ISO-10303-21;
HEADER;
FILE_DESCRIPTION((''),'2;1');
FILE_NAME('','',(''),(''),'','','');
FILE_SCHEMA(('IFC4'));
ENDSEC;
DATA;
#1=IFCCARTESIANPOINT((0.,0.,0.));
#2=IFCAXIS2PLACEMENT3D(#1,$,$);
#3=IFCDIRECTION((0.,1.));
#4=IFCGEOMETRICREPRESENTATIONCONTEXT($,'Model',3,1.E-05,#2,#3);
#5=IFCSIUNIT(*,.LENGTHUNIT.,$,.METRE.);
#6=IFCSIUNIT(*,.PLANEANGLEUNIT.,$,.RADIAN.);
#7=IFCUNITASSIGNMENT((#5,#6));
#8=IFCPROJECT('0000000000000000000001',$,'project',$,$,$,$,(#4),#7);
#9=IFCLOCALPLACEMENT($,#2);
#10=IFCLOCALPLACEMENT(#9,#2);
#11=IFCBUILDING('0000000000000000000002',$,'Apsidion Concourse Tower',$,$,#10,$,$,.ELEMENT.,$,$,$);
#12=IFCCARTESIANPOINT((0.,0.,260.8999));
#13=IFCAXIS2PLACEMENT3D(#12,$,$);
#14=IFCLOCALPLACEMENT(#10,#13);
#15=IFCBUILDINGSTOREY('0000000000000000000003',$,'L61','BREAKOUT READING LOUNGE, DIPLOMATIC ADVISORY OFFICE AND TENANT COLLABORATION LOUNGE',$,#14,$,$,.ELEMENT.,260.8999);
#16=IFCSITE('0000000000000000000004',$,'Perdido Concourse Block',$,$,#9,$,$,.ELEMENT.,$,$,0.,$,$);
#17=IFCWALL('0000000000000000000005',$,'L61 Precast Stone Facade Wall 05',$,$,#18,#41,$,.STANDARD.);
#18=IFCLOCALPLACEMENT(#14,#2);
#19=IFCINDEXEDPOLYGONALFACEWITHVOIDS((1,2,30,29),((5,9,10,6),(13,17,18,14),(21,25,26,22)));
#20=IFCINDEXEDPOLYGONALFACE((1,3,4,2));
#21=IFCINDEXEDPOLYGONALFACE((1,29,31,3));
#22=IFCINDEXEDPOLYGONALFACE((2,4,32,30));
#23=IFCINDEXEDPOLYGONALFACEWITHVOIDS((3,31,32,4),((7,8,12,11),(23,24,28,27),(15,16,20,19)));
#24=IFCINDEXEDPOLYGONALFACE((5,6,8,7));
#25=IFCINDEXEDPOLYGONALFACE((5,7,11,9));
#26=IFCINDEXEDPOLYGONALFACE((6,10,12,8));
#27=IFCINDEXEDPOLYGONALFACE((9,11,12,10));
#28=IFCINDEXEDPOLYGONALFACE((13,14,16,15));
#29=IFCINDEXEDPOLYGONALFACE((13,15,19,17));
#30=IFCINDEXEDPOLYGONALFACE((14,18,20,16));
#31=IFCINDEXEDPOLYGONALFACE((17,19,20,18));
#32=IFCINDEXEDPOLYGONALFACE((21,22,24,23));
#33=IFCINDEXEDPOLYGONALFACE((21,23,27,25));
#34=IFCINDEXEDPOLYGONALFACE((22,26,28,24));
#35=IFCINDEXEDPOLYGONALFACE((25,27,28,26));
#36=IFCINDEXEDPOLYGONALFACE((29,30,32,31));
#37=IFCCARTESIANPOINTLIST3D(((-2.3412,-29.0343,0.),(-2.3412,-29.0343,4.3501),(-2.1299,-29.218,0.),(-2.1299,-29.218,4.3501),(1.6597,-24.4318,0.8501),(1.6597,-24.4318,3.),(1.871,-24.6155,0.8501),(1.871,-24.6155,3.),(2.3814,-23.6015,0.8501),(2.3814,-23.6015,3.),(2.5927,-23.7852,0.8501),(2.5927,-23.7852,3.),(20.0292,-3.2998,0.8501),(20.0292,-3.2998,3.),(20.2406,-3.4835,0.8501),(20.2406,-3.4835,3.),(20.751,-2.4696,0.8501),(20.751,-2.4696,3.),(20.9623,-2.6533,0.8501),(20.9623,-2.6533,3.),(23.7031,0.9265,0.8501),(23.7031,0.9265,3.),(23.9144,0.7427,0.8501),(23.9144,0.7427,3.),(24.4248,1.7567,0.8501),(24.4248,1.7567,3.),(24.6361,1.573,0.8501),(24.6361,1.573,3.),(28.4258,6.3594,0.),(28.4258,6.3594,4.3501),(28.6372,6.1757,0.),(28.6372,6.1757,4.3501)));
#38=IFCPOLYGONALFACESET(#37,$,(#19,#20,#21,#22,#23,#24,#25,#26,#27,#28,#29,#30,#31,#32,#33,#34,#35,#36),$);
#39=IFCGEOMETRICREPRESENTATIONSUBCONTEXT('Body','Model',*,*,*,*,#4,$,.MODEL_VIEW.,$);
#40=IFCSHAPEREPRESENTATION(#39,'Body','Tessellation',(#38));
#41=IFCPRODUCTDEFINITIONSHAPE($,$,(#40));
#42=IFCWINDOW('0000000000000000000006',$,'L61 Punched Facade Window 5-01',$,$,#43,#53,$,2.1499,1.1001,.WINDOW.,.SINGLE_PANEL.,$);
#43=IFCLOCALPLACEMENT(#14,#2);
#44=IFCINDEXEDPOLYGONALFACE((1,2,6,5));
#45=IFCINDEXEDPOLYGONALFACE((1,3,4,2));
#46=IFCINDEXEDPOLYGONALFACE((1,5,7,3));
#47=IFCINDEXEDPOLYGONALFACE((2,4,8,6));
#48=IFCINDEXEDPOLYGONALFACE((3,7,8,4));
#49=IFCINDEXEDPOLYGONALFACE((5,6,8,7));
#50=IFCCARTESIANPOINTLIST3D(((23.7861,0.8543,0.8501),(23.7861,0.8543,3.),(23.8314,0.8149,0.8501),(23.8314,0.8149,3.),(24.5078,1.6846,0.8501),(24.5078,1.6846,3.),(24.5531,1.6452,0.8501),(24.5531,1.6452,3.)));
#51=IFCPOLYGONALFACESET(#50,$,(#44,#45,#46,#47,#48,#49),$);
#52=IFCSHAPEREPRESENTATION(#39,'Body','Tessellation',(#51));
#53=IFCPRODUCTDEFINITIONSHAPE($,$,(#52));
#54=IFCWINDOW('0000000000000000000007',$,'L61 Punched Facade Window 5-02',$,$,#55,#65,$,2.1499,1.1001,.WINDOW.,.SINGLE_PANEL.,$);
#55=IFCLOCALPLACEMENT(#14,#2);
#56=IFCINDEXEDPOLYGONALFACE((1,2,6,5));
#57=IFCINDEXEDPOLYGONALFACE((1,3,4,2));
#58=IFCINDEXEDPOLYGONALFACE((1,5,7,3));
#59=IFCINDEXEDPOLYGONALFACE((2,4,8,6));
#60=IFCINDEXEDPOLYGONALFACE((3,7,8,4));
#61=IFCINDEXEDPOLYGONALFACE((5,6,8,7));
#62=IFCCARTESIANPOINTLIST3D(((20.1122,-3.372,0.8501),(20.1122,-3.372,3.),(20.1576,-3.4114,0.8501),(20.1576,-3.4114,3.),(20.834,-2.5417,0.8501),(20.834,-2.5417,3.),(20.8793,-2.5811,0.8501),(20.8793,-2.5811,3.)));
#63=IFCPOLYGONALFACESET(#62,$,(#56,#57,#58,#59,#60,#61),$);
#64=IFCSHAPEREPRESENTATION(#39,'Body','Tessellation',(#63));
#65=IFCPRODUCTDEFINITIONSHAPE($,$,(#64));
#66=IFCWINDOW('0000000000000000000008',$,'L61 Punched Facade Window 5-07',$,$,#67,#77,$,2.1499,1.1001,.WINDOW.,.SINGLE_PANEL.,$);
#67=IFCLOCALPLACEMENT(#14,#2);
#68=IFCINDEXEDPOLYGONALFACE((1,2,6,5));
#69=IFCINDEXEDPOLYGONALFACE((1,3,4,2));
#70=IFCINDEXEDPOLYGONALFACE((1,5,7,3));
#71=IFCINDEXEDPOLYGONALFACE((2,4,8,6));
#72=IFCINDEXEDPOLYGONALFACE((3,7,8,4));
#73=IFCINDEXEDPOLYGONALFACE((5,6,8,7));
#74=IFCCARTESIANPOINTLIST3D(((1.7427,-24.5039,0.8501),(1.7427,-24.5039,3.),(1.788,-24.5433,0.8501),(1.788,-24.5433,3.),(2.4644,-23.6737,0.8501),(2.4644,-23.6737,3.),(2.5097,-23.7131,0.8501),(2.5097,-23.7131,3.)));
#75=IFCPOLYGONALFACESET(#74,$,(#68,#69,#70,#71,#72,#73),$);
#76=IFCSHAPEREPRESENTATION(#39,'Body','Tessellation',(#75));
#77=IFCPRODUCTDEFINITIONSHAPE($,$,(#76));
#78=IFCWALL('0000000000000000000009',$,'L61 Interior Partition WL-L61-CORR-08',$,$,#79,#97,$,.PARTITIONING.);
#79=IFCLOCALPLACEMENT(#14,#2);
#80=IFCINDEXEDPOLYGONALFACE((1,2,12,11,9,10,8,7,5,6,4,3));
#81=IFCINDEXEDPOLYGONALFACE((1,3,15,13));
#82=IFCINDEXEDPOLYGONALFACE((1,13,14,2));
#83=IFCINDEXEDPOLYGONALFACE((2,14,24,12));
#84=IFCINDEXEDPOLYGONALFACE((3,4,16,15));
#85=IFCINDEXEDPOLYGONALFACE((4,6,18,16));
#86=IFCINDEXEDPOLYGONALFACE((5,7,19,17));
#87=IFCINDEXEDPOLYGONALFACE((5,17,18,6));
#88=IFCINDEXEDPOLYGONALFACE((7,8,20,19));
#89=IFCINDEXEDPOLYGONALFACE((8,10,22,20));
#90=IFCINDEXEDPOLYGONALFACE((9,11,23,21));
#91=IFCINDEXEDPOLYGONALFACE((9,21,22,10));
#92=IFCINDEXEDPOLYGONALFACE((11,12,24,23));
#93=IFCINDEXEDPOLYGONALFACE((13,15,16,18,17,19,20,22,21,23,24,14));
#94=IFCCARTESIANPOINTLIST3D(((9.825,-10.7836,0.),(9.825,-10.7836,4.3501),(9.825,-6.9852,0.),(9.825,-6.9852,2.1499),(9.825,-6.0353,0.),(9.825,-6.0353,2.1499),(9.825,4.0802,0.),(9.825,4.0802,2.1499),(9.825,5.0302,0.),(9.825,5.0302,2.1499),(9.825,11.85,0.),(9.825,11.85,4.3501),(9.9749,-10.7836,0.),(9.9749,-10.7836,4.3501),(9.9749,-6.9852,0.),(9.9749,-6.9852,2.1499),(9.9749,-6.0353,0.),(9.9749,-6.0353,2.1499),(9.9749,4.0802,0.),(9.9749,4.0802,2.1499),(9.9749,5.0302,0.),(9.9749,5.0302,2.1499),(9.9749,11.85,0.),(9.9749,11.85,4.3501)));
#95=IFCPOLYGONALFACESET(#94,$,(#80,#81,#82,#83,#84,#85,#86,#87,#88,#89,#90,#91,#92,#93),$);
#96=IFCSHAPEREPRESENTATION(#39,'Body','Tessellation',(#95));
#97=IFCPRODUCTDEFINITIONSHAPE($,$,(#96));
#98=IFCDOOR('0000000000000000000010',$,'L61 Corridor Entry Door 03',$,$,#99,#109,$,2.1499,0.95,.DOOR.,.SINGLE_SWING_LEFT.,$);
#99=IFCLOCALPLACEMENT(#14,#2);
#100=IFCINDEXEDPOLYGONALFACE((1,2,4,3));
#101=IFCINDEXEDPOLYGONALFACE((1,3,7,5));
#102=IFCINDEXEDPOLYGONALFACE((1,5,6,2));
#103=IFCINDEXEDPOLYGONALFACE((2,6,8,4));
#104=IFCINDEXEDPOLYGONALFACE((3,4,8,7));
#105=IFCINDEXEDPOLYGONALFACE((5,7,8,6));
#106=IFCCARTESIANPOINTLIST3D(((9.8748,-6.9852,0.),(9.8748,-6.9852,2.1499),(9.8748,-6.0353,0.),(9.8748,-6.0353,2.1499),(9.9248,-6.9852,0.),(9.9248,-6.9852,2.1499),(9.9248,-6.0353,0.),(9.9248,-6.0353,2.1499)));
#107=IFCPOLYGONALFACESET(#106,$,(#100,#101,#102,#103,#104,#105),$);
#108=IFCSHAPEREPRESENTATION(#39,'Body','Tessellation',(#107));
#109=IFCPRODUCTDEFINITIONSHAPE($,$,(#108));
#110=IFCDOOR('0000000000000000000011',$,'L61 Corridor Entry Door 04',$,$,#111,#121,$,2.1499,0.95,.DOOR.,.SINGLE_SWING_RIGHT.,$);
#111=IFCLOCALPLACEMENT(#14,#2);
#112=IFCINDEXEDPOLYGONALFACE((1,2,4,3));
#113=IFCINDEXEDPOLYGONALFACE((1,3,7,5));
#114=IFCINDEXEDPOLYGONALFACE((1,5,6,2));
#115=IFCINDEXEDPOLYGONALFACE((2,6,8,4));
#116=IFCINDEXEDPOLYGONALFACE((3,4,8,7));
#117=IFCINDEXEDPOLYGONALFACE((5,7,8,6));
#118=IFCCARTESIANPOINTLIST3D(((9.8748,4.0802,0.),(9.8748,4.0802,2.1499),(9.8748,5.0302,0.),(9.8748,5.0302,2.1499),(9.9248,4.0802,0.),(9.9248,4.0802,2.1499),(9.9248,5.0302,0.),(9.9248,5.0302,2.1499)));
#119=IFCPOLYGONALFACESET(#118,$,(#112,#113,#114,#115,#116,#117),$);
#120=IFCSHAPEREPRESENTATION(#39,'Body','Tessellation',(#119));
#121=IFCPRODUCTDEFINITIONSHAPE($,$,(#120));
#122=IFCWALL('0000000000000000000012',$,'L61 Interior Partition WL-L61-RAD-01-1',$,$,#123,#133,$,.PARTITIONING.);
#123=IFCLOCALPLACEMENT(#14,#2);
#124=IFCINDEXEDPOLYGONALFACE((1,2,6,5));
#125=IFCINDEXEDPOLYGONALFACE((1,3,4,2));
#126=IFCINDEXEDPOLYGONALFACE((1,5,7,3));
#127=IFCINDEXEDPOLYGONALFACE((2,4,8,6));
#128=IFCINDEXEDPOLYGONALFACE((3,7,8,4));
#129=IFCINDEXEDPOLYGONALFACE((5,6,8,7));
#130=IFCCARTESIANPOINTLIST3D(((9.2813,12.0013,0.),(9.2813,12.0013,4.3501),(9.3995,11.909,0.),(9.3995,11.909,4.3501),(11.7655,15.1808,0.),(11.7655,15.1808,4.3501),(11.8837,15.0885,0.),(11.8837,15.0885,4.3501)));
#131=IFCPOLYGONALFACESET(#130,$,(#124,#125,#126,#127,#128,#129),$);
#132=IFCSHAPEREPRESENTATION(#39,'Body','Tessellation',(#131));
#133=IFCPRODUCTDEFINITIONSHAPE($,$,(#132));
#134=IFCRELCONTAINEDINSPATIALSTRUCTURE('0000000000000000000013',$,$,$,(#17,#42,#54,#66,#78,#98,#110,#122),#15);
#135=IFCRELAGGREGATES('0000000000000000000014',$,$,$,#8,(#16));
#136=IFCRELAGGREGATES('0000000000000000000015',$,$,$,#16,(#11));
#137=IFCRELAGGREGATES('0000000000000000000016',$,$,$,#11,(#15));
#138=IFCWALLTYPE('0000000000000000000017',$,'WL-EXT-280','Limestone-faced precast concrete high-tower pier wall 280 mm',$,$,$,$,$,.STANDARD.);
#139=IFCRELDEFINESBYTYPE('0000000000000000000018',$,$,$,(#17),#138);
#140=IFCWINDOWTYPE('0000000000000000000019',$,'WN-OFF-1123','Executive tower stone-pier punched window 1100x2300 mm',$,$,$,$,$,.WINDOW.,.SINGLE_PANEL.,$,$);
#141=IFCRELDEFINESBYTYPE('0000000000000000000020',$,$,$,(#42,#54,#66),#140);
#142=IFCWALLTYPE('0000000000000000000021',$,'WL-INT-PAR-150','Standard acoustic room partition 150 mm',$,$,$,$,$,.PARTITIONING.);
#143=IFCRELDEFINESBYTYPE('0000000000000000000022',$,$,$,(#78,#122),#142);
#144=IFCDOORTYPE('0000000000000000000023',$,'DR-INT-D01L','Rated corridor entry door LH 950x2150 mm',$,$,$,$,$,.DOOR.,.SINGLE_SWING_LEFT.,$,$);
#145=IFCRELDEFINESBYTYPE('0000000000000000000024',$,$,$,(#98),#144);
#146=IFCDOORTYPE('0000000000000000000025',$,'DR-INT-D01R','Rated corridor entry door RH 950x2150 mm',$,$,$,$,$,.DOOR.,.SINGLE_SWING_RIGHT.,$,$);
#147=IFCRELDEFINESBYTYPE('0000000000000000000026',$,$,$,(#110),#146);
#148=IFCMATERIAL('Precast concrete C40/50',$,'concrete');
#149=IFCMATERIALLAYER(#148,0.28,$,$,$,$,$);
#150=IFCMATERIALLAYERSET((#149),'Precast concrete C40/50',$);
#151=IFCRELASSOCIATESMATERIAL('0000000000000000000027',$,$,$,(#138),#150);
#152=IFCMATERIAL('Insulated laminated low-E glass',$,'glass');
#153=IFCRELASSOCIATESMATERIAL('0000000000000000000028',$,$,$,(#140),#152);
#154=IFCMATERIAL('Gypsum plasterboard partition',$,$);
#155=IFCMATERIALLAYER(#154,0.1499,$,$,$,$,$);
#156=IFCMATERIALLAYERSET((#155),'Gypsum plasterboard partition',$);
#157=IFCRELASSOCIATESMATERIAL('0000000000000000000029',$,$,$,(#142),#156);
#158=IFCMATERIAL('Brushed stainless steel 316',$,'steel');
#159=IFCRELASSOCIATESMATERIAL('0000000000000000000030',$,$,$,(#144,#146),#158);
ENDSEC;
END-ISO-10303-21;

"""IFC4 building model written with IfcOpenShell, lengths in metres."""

from ifc_helpers import new_model, si_unit, direction, frame, frame_2d, origin, place, context, subcontext, project, spatial, rectangle, extrude, material, layer, layer_set, type_object, element, fill, save


model = new_model("IFC4")

# Units and contexts
model_context = context("Model", 3, precision=1e-05, world=origin(), true_north=direction((0.0, 1.0)))
body_context = subcontext(model_context, "Body", "Model", "MODEL_VIEW")
ifc_project = project(units=[si_unit("LENGTHUNIT", "METRE"), si_unit("PLANEANGLEUNIT", "RADIAN")], contexts=[model_context])

# Site, building, storey
site_placement = place(None, origin())
site = spatial("IfcSite", under=ifc_project, at=site_placement, Name="Perdido Concourse Block", CompositionType="ELEMENT", RefElevation=0.0)
building_placement = place(site_placement, origin())
building = spatial("IfcBuilding", under=site, at=building_placement, Name="Apsidion Concourse Tower", CompositionType="ELEMENT")
storey_placement = place(building_placement, frame((0.0, 0.0, 260.8999)))
storey = spatial("IfcBuildingStorey", under=building, at=storey_placement, Name="L61", Description="BREAKOUT READING LOUNGE, DIPLOMATIC ADVISORY OFFICE AND TENANT COLLABORATION LOUNGE", CompositionType="ELEMENT", Elevation=260.8999)

# Shared definitions
ifc_material_1 = material(Name="Insulated laminated low-E glass", Category="glass")

# Shared definitions
ifc_material_2 = material(Name="Precast concrete C40/50", Category="concrete")
ifc_layer_1 = layer(ifc_material_2, 0.28)
ifc_layer_set_1 = layer_set([ifc_layer_1], Name="Precast concrete C40/50")
wall_type_1 = type_object("IfcWallType", Name="WL-EXT-280", Description="Limestone-faced precast concrete high-tower pier wall 280 mm", PredefinedType="STANDARD", material=ifc_layer_set_1)

# Wall, openings, windows
wall_1_placement = place(storey_placement, frame((28.5315, 6.2676, 0.0), z_axis=(0.0, 0.0, 1.0), x_axis=(-0.656056, -0.754712, 0.0)))
wall_1 = element("IfcWall", 1, at=wall_1_placement, inside=storey, type_object=wall_type_1, Name="L61 Precast Stone Facade Wall 05", PredefinedType="STANDARD", context=body_context, shape_type="SweptSolid", body=[
    extrude(rectangle(XDim=46.897, YDim=0.28, at=frame_2d((23.4485, 0.0))), origin(), (0.0, 0.0, 1.0), 4.3501),
])
opening_1_placement = place(wall_1_placement, frame((6.0986, 0.0, 0.8501)))
opening_1 = element("IfcOpeningElement", 2, at=opening_1_placement, cuts=wall_1, PredefinedType="OPENING", context=body_context, shape_type="SweptSolid", body=[
    extrude(rectangle(XDim=1.1001, YDim=2.1499, at=frame_2d((0.55, 1.075))), frame((0.0, 0.1499, 0.0), z_axis=(0.0, -1.0, 0.0), x_axis=(1.0, 0.0, 0.0)), (0.0, 0.0, 1.0), 0.3),
])
opening_2_placement = place(wall_1_placement, frame((11.6985, 0.0, 0.8501)))
opening_2 = element("IfcOpeningElement", 3, at=opening_2_placement, cuts=wall_1, PredefinedType="OPENING", context=body_context, shape_type="SweptSolid", body=[
    extrude(rectangle(XDim=1.1001, YDim=2.1499, at=frame_2d((0.55, 1.075))), frame((0.0, 0.1499, 0.0), z_axis=(0.0, -1.0, 0.0), x_axis=(1.0, 0.0, 0.0)), (0.0, 0.0, 1.0), 0.3),
])
opening_3_placement = place(wall_1_placement, frame((39.6985, 0.0, 0.8501)))
opening_3 = element("IfcOpeningElement", 4, at=opening_3_placement, cuts=wall_1, PredefinedType="OPENING", context=body_context, shape_type="SweptSolid", body=[
    extrude(rectangle(XDim=1.1001, YDim=2.1499, at=frame_2d((0.55, 1.075))), frame((0.0, 0.1499, 0.0), z_axis=(0.0, -1.0, 0.0), x_axis=(1.0, 0.0, 0.0)), (0.0, 0.0, 1.0), 0.3),
])
window_type = type_object("IfcWindowType", Name="WN-OFF-1123", Description="Executive tower stone-pier punched window 1100x2300 mm", PartitioningType="SINGLE_PANEL", PredefinedType="WINDOW", material=ifc_material_1)
window_1_placement = place(opening_1_placement, origin())
window_1 = element("IfcWindow", 5, at=window_1_placement, inside=storey, type_object=window_type, Name="L61 Punched Facade Window 5-01", OverallHeight=2.1499, OverallWidth=1.1001, PartitioningType="SINGLE_PANEL", PredefinedType="WINDOW", context=body_context, shape_type="SweptSolid", body=[
    extrude(rectangle(XDim=1.1001, YDim=2.1499, at=frame_2d((0.55, 1.075))), frame((0.0, 0.03, 0.0), z_axis=(0.0, -1.0, 0.0), x_axis=(1.0, 0.0, 0.0)), (0.0, 0.0, 1.0), 0.0601),
])
fill(opening_1, window_1)
window_2_placement = place(opening_2_placement, origin())
window_2 = element("IfcWindow", 6, at=window_2_placement, inside=storey, type_object=window_type, Name="L61 Punched Facade Window 5-02", OverallHeight=2.1499, OverallWidth=1.1001, PartitioningType="SINGLE_PANEL", PredefinedType="WINDOW", context=body_context, shape_type="SweptSolid", body=[
    extrude(rectangle(XDim=1.1001, YDim=2.1499, at=frame_2d((0.55, 1.075))), frame((0.0, 0.03, 0.0), z_axis=(0.0, -1.0, 0.0), x_axis=(1.0, 0.0, 0.0)), (0.0, 0.0, 1.0), 0.0601),
])
fill(opening_2, window_2)
window_3_placement = place(opening_3_placement, origin())
window_3 = element("IfcWindow", 7, at=window_3_placement, inside=storey, type_object=window_type, Name="L61 Punched Facade Window 5-07", OverallHeight=2.1499, OverallWidth=1.1001, PartitioningType="SINGLE_PANEL", PredefinedType="WINDOW", context=body_context, shape_type="SweptSolid", body=[
    extrude(rectangle(XDim=1.1001, YDim=2.1499, at=frame_2d((0.55, 1.075))), frame((0.0, 0.03, 0.0), z_axis=(0.0, -1.0, 0.0), x_axis=(1.0, 0.0, 0.0)), (0.0, 0.0, 1.0), 0.0601),
])
fill(opening_3, window_3)

# Wall, openings, doors
ifc_material_3 = material(Name="Gypsum plasterboard partition")
ifc_layer_2 = layer(ifc_material_3, 0.1499)
ifc_layer_set_2 = layer_set([ifc_layer_2], Name="Gypsum plasterboard partition")
wall_type_2 = type_object("IfcWallType", Name="WL-INT-PAR-150", Description="Standard acoustic room partition 150 mm", PredefinedType="PARTITIONING", material=ifc_layer_set_2)
wall_2_placement = place(storey_placement, frame((9.8999, 11.8501, 0.0), z_axis=(0.0, 0.0, 1.0), x_axis=(0.0, -1.0, 0.0)))
wall_2 = element("IfcWall", 8, at=wall_2_placement, inside=storey, type_object=wall_type_2, Name="L61 Interior Partition WL-L61-CORR-08", PredefinedType="PARTITIONING", context=body_context, shape_type="SweptSolid", body=[
    extrude(rectangle(XDim=22.6335, YDim=0.1499, at=frame_2d((11.3169, 0.0))), origin(), (0.0, 0.0, 1.0), 4.3501),
])
opening_4_placement = place(wall_2_placement, frame((17.8853, 0.0, 0.0)))
opening_4 = element("IfcOpeningElement", 9, at=opening_4_placement, cuts=wall_2, PredefinedType="OPENING", context=body_context, shape_type="SweptSolid", body=[
    extrude(rectangle(XDim=0.95, YDim=2.1499, at=frame_2d((0.4751, 1.075))), frame((0.0, 0.085, 0.0), z_axis=(0.0, -1.0, 0.0), x_axis=(1.0, 0.0, 0.0)), (0.0, 0.0, 1.0), 0.1699),
])
opening_5_placement = place(wall_2_placement, frame((6.8198, 0.0, 0.0)))
opening_5 = element("IfcOpeningElement", 10, at=opening_5_placement, cuts=wall_2, PredefinedType="OPENING", context=body_context, shape_type="SweptSolid", body=[
    extrude(rectangle(XDim=0.95, YDim=2.1499, at=frame_2d((0.4751, 1.075))), frame((0.0, 0.085, 0.0), z_axis=(0.0, -1.0, 0.0), x_axis=(1.0, 0.0, 0.0)), (0.0, 0.0, 1.0), 0.1699),
])
ifc_material_4 = material(Name="Brushed stainless steel 316", Category="steel")
door_type_1 = type_object("IfcDoorType", Name="DR-INT-D01L", Description="Rated corridor entry door LH 950x2150 mm", OperationType="SINGLE_SWING_LEFT", PredefinedType="DOOR", material=ifc_material_4)
door_1_placement = place(opening_4_placement, origin())
door_1 = element("IfcDoor", 11, at=door_1_placement, inside=storey, type_object=door_type_1, Name="L61 Corridor Entry Door 03", OperationType="SINGLE_SWING_LEFT", OverallHeight=2.1499, OverallWidth=0.95, PredefinedType="DOOR", context=body_context, shape_type="SweptSolid", body=[
    extrude(rectangle(XDim=0.95, YDim=2.1499, at=frame_2d((0.4751, 1.075))), frame((0.0, 0.0249, 0.0), z_axis=(0.0, -1.0, 0.0), x_axis=(1.0, 0.0, 0.0)), (0.0, 0.0, 1.0), 0.05),
])
fill(opening_4, door_1)
door_type_2 = type_object("IfcDoorType", Name="DR-INT-D01R", Description="Rated corridor entry door RH 950x2150 mm", OperationType="SINGLE_SWING_RIGHT", PredefinedType="DOOR", material=ifc_material_4)
door_2_placement = place(opening_5_placement, origin())
door_2 = element("IfcDoor", 12, at=door_2_placement, inside=storey, type_object=door_type_2, Name="L61 Corridor Entry Door 04", OperationType="SINGLE_SWING_RIGHT", OverallHeight=2.1499, OverallWidth=0.95, PredefinedType="DOOR", context=body_context, shape_type="SweptSolid", body=[
    extrude(rectangle(XDim=0.95, YDim=2.1499, at=frame_2d((0.4751, 1.075))), frame((0.0, 0.0249, 0.0), z_axis=(0.0, -1.0, 0.0), x_axis=(1.0, 0.0, 0.0)), (0.0, 0.0, 1.0), 0.05),
])
fill(opening_5, door_2)

# Wall
wall_3_placement = place(storey_placement, frame((9.3403, 11.9551, 0.0), z_axis=(0.0, 0.0, 1.0), x_axis=(0.615673, 0.788001, 0.0)))
element("IfcWall", 13, at=wall_3_placement, inside=storey, type_object=wall_type_2, Name="L61 Interior Partition WL-L61-RAD-01-1", PredefinedType="PARTITIONING", context=body_context, shape_type="SweptSolid", body=[
    extrude(rectangle(XDim=4.0349, YDim=0.1499, at=frame_2d((2.0176, 0.0))), origin(), (0.0, 0.0, 1.0), 4.3501),
])

save(model, "model.ifc")
